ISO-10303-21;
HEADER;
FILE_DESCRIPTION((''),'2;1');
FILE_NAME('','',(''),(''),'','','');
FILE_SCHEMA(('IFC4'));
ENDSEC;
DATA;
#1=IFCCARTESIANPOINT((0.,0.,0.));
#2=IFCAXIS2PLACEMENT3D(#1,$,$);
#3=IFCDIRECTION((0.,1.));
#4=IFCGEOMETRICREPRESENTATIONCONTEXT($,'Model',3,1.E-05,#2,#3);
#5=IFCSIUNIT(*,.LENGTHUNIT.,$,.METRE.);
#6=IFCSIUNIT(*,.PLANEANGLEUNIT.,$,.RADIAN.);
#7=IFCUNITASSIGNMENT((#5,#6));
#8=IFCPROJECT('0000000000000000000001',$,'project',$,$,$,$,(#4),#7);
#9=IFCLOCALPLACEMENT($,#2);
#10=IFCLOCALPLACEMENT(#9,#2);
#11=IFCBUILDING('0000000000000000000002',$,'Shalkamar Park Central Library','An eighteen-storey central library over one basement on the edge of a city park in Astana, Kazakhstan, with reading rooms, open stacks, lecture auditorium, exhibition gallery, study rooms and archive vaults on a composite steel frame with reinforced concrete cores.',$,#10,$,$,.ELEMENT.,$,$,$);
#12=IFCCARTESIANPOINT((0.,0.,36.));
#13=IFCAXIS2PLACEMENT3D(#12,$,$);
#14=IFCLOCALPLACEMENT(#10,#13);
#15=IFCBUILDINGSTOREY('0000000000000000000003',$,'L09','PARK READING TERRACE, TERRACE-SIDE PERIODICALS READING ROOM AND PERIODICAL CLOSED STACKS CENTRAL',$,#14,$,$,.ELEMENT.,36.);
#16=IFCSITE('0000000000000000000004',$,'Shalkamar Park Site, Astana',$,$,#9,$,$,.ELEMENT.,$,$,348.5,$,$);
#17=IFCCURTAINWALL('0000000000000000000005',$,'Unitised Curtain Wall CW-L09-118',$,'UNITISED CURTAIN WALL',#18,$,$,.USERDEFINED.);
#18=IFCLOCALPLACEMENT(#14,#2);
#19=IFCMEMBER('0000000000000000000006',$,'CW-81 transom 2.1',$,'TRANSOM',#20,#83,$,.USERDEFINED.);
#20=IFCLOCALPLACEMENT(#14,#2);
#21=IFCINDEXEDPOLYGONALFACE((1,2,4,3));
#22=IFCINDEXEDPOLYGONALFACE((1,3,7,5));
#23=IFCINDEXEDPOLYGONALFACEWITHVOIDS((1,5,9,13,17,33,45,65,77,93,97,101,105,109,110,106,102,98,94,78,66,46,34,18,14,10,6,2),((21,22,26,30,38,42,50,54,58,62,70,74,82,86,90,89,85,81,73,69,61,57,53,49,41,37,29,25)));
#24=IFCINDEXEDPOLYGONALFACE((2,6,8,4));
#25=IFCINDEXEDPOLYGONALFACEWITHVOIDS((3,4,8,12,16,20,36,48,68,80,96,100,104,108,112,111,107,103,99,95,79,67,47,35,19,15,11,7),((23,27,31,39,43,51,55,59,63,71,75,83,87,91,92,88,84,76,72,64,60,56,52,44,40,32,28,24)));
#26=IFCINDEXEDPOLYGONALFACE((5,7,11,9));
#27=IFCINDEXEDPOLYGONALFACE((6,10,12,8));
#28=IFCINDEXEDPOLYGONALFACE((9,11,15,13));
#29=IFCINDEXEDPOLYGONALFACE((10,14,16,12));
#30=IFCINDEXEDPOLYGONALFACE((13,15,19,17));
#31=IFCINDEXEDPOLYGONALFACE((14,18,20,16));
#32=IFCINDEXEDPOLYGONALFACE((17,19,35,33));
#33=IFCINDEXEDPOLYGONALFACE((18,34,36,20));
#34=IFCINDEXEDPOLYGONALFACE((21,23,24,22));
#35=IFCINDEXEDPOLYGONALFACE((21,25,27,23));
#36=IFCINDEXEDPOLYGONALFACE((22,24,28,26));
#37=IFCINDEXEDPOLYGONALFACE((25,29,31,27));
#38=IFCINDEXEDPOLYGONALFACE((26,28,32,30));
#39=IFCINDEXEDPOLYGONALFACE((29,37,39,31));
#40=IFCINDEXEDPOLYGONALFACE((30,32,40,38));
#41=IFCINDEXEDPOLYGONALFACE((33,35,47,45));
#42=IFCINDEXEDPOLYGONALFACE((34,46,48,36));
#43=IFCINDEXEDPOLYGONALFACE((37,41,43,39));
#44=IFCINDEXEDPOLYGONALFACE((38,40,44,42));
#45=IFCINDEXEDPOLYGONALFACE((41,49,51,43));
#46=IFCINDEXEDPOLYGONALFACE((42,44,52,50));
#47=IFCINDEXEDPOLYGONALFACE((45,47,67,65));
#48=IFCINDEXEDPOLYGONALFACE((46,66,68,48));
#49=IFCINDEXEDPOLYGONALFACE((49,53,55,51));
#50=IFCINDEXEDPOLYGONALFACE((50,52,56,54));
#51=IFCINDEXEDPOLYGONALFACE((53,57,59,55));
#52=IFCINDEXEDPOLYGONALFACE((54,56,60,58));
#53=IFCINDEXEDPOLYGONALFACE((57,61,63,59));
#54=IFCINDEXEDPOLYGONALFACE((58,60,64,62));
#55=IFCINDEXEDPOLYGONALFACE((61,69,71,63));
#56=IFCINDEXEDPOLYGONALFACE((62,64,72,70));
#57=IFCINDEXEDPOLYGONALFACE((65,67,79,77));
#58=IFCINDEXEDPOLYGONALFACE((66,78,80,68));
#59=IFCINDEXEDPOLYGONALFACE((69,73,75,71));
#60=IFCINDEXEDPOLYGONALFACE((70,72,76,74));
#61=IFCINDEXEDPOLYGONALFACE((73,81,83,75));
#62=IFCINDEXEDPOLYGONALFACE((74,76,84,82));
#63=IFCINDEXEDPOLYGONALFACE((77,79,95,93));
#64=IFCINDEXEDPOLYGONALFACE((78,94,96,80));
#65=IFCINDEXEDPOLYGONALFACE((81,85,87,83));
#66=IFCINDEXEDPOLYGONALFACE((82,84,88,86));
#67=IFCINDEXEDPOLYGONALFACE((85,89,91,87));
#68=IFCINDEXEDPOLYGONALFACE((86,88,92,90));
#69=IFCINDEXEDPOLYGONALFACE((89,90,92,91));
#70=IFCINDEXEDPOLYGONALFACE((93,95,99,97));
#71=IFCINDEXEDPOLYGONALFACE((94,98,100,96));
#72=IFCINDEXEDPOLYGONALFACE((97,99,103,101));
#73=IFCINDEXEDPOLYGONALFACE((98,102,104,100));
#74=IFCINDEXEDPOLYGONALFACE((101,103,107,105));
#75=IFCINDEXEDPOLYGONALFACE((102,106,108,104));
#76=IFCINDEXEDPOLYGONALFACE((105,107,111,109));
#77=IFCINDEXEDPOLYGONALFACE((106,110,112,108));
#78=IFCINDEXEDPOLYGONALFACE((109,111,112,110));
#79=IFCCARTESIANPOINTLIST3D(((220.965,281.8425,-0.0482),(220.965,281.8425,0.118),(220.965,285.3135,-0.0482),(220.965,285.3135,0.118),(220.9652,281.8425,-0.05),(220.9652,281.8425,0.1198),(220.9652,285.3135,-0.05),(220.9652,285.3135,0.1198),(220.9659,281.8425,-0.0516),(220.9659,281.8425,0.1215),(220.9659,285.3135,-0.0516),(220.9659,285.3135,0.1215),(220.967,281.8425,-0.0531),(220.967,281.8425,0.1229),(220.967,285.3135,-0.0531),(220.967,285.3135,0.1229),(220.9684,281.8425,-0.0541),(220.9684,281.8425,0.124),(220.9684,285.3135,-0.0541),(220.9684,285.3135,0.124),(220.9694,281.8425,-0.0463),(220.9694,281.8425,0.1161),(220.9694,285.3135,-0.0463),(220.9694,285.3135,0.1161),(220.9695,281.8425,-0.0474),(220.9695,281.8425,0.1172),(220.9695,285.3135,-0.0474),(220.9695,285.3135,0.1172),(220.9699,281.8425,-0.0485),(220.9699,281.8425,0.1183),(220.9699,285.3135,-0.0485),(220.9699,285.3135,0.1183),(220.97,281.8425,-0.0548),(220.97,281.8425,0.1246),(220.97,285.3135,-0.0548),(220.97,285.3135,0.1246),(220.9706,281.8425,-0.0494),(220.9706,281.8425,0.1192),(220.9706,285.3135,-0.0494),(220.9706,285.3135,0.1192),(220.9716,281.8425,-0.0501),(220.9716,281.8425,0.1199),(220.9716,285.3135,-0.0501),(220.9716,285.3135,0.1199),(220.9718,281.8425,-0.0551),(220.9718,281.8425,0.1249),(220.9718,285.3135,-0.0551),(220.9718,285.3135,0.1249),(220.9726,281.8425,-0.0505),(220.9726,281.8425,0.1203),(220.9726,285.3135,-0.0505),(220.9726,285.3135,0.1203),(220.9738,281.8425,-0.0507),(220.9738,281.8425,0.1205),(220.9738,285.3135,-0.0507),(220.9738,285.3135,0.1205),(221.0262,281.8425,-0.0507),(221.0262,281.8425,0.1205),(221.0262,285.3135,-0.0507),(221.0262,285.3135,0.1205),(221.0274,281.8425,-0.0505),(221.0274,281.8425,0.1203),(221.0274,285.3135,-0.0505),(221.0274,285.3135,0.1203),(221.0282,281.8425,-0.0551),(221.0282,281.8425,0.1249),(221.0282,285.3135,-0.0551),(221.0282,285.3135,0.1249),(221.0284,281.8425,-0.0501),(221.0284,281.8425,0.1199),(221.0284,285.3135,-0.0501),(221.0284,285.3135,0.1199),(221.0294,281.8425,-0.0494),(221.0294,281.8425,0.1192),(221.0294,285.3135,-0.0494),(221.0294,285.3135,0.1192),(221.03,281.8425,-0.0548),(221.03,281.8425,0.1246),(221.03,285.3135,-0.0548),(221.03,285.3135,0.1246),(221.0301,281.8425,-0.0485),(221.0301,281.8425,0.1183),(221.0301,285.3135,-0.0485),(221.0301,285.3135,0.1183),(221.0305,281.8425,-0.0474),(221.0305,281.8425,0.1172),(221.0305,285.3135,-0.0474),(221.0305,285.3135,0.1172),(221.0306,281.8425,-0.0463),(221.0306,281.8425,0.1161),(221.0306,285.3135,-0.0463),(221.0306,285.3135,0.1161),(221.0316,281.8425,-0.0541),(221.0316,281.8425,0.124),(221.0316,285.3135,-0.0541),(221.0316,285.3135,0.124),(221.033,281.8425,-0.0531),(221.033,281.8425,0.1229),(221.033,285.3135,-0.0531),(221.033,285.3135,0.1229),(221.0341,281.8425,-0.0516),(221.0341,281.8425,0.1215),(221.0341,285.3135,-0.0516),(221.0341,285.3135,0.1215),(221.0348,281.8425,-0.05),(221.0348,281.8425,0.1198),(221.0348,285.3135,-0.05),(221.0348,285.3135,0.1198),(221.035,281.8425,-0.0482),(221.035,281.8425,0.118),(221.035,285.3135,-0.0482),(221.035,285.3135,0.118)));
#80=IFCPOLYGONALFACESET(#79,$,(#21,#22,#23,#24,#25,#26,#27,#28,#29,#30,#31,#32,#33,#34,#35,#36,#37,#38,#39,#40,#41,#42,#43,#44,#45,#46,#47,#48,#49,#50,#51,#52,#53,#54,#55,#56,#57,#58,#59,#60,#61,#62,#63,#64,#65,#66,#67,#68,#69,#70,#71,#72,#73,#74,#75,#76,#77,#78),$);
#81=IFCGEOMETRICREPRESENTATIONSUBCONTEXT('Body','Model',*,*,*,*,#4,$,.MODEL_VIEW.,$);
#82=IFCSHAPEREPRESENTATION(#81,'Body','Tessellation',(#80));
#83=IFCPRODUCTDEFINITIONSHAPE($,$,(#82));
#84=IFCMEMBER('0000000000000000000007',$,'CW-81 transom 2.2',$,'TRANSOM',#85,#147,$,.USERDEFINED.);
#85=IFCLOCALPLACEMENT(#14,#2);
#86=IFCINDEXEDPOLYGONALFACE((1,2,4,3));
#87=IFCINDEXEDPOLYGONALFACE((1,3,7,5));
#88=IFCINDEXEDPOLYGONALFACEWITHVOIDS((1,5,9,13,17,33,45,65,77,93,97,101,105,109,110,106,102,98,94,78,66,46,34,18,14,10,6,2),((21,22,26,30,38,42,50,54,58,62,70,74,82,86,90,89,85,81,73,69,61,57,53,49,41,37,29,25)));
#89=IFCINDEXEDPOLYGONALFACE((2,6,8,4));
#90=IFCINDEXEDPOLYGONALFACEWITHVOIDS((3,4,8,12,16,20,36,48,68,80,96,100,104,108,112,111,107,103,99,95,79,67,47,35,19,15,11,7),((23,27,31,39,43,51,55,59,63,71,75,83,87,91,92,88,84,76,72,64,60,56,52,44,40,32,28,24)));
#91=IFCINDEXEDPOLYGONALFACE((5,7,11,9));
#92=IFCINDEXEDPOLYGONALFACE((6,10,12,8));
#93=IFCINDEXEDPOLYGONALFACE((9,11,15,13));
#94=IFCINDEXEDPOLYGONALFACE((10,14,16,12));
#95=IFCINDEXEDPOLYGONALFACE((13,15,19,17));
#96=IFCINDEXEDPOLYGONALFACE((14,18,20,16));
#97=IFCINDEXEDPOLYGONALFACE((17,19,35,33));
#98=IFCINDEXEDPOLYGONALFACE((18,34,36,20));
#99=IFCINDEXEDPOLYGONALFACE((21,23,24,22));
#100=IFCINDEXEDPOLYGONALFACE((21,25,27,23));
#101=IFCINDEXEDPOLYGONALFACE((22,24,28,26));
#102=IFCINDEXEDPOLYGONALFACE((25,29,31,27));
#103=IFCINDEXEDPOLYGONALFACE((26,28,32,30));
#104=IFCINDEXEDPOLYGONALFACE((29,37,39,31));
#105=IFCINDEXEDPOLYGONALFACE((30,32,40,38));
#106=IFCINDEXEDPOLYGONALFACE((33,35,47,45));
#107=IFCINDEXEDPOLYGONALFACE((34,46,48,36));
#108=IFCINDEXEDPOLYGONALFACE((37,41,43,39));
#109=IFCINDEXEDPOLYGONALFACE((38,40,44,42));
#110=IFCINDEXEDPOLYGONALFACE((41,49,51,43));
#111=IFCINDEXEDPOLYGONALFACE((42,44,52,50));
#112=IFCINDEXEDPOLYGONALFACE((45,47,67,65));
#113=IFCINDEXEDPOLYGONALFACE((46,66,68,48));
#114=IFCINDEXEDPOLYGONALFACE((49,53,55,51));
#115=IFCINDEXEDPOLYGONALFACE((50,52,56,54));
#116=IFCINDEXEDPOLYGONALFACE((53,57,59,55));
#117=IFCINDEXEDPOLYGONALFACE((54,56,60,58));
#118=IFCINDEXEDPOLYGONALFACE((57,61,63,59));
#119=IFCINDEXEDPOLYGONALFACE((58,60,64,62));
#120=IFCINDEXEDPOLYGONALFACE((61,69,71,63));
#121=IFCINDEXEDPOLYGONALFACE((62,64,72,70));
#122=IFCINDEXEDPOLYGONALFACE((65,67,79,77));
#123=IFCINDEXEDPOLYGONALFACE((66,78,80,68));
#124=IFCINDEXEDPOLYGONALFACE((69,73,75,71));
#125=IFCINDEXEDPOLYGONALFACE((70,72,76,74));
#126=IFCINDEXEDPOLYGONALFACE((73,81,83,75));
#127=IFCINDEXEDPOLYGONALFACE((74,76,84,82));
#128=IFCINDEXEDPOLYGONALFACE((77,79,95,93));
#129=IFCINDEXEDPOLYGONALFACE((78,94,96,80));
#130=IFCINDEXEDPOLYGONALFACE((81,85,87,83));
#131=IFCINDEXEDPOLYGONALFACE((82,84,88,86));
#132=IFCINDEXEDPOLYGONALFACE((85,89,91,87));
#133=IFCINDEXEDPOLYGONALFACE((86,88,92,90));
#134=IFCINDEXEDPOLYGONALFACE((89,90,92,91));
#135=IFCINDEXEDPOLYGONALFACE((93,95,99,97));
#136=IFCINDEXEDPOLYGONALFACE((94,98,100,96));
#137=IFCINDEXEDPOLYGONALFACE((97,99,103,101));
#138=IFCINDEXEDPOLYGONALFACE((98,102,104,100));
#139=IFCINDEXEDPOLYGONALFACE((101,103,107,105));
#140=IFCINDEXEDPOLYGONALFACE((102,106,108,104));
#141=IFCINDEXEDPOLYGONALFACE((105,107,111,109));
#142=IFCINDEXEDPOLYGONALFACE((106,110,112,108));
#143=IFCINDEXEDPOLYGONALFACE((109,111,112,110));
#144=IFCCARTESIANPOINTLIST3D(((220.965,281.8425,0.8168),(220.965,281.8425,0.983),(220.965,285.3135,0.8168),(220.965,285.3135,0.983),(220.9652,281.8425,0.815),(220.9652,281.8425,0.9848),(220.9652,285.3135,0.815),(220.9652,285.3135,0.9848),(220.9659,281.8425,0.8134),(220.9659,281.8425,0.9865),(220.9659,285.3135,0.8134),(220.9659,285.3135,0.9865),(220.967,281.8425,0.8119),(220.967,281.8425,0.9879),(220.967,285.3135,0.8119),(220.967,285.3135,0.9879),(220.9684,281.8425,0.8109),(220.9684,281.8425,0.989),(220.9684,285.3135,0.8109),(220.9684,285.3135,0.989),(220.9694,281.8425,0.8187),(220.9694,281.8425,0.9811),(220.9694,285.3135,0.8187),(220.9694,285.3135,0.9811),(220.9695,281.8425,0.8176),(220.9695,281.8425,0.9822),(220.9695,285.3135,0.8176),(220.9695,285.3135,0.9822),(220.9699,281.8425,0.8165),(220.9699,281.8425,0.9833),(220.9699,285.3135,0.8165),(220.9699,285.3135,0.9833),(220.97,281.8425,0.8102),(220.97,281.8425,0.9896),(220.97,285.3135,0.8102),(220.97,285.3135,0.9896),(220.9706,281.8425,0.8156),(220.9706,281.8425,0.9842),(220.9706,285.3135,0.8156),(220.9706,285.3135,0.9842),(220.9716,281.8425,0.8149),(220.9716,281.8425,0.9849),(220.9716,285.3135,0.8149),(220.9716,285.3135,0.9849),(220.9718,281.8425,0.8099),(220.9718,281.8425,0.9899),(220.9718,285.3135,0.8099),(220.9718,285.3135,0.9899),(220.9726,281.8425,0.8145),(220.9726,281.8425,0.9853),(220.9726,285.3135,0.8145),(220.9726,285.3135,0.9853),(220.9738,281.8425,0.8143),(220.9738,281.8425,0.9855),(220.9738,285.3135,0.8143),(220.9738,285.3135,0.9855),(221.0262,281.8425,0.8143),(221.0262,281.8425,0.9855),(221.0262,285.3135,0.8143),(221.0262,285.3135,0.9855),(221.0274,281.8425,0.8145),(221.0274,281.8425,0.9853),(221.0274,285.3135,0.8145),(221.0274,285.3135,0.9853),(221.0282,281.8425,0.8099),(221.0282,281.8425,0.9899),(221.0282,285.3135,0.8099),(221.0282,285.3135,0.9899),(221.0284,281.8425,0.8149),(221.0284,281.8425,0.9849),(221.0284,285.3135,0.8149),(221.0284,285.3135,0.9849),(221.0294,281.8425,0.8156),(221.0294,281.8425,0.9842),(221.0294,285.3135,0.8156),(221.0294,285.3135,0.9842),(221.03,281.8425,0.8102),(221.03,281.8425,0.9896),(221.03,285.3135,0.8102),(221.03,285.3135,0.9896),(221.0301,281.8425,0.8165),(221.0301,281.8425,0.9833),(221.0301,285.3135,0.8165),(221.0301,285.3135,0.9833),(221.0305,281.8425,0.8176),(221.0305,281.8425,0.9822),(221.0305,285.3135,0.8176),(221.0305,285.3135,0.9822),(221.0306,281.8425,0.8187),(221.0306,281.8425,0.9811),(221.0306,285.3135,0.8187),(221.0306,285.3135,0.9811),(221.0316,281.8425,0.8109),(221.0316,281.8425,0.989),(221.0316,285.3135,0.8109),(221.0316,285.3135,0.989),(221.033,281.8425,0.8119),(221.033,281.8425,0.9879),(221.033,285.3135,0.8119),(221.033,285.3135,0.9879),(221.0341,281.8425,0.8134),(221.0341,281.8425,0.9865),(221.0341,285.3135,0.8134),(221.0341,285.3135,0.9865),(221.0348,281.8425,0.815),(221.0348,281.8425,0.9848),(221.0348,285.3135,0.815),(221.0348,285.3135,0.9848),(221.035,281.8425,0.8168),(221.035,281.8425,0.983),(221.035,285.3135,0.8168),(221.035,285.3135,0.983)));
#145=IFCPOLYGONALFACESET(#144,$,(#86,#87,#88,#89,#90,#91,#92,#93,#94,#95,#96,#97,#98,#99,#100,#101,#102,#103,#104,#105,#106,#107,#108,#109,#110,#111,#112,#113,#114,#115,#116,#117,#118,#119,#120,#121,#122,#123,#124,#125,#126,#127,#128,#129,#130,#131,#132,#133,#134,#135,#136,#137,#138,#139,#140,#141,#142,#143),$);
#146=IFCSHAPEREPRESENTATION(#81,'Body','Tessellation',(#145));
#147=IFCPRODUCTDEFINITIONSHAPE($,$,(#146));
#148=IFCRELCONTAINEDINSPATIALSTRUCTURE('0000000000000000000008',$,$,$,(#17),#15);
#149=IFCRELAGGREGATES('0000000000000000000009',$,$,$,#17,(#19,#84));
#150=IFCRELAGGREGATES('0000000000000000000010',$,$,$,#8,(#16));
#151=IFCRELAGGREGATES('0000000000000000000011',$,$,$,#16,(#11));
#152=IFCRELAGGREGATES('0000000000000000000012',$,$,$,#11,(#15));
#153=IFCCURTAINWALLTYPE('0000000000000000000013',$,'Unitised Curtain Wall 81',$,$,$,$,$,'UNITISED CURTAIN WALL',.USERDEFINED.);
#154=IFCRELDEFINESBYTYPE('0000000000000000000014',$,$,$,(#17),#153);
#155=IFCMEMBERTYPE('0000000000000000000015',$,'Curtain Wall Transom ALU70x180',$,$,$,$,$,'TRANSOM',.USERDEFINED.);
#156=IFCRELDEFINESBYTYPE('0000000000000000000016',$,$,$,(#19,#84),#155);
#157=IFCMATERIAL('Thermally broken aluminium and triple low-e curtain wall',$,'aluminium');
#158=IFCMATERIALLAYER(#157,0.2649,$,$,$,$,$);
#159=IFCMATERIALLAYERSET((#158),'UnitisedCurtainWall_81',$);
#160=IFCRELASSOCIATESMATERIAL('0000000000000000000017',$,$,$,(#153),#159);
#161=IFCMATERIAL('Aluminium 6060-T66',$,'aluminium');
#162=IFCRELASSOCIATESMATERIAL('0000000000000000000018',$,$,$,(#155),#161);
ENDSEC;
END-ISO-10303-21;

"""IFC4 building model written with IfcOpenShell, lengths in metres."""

from ifc_helpers import new_model, si_unit, direction, frame, origin, origin_2d, place, context, subcontext, project, spatial, hollow_rectangle, extrude, material, layer, layer_set, material_profile, profile_set, type_object, element, aggregate, save


model = new_model("IFC4")

# Units and contexts
model_context = context("Model", 3, precision=1e-05, world=origin(), true_north=direction((0.0, 1.0)))
body_context = subcontext(model_context, "Body", "Model", "MODEL_VIEW")
ifc_project = project(units=[si_unit("LENGTHUNIT", "METRE"), si_unit("PLANEANGLEUNIT", "RADIAN")], contexts=[model_context])

# Site, building, storey
site_placement = place(None, origin())
site = spatial("IfcSite", under=ifc_project, at=site_placement, Name="Shalkamar Park Site, Astana", CompositionType="ELEMENT", RefElevation=348.5)
building_placement = place(site_placement, origin())
building = spatial("IfcBuilding", under=site, at=building_placement, Name="Shalkamar Park Central Library", Description="An eighteen-storey central library over one basement on the edge of a city park in Astana, Kazakhstan, with reading rooms, open stacks, lecture auditorium, exhibition gallery, study rooms and archive vaults on a composite steel frame with reinforced concrete cores.", CompositionType="ELEMENT")
storey_placement = place(building_placement, frame((0.0, 0.0, 36.0)))
storey = spatial("IfcBuildingStorey", under=building, at=storey_placement, Name="L09", Description="PARK READING TERRACE, TERRACE-SIDE PERIODICALS READING ROOM AND PERIODICAL CLOSED STACKS CENTRAL", CompositionType="ELEMENT", Elevation=36.0)

# Curtain wall, members
ifc_material_1 = material(Name="Thermally broken aluminium and triple low-e curtain wall", Category="aluminium")
ifc_layer_1 = layer(ifc_material_1, 0.2649)
ifc_layer_set_1 = layer_set([ifc_layer_1], Name="UnitisedCurtainWall_81")
curtain_wall_type = type_object("IfcCurtainWallType", Name="Unitised Curtain Wall 81", ElementType="UNITISED CURTAIN WALL", PredefinedType="USERDEFINED", material=ifc_layer_set_1)
curtain_wall_placement = place(storey_placement, origin())
curtain_wall = element("IfcCurtainWall", 1, at=curtain_wall_placement, inside=storey, type_object=curtain_wall_type, Name="Unitised Curtain Wall CW-L09-118", ObjectType="UNITISED CURTAIN WALL", PredefinedType="USERDEFINED")
ifc_material_2 = material(Name="Aluminium 6060-T66", Category="aluminium")
ifc_material_profile_1 = material_profile(ifc_material_2, hollow_rectangle(XDim=0.0701, YDim=0.1799, WallThickness=0.0044, InnerFilletRadius=0.0044, OuterFilletRadius=0.0068, at=origin_2d()), Name="ALU 70x180x4.5")
ifc_profile_set_1 = profile_set([ifc_material_profile_1], Name="Aluminium 6060-T66")
member_type_1 = type_object("IfcMemberType", Name="Curtain Wall Transom ALU70x180", ElementType="TRANSOM", PredefinedType="USERDEFINED", material=ifc_profile_set_1)
member_1_placement = place(storey_placement, frame((221.0, 281.8425, 0.0349), z_axis=(0.0, 1.0, 0.0), x_axis=(-1.0, 0.0, 0.0)))
member_1 = element("IfcMember", 2, at=member_1_placement, type_object=member_type_1, Name="CW-81 transom 2.1", ObjectType="TRANSOM", PredefinedType="USERDEFINED", context=body_context, shape_type="SweptSolid", body=[
    extrude(hollow_rectangle(XDim=0.0701, YDim=0.1799, WallThickness=0.0044, InnerFilletRadius=0.0044, OuterFilletRadius=0.0068, at=origin_2d()), origin(), (0.0, 0.0, 1.0), 3.4709),
])
member_2_placement = place(storey_placement, frame((221.0, 281.8425, 0.8999), z_axis=(0.0, 1.0, 0.0), x_axis=(-1.0, 0.0, 0.0)))
member_2 = element("IfcMember", 3, at=member_2_placement, type_object=member_type_1, Name="CW-81 transom 2.2", ObjectType="TRANSOM", PredefinedType="USERDEFINED", context=body_context, shape_type="SweptSolid", body=[
    extrude(hollow_rectangle(XDim=0.0701, YDim=0.1799, WallThickness=0.0044, InnerFilletRadius=0.0044, OuterFilletRadius=0.0068, at=origin_2d()), origin(), (0.0, 0.0, 1.0), 3.4709),
])

aggregate(curtain_wall, [member_1, member_2])

save(model, "model.ifc")
